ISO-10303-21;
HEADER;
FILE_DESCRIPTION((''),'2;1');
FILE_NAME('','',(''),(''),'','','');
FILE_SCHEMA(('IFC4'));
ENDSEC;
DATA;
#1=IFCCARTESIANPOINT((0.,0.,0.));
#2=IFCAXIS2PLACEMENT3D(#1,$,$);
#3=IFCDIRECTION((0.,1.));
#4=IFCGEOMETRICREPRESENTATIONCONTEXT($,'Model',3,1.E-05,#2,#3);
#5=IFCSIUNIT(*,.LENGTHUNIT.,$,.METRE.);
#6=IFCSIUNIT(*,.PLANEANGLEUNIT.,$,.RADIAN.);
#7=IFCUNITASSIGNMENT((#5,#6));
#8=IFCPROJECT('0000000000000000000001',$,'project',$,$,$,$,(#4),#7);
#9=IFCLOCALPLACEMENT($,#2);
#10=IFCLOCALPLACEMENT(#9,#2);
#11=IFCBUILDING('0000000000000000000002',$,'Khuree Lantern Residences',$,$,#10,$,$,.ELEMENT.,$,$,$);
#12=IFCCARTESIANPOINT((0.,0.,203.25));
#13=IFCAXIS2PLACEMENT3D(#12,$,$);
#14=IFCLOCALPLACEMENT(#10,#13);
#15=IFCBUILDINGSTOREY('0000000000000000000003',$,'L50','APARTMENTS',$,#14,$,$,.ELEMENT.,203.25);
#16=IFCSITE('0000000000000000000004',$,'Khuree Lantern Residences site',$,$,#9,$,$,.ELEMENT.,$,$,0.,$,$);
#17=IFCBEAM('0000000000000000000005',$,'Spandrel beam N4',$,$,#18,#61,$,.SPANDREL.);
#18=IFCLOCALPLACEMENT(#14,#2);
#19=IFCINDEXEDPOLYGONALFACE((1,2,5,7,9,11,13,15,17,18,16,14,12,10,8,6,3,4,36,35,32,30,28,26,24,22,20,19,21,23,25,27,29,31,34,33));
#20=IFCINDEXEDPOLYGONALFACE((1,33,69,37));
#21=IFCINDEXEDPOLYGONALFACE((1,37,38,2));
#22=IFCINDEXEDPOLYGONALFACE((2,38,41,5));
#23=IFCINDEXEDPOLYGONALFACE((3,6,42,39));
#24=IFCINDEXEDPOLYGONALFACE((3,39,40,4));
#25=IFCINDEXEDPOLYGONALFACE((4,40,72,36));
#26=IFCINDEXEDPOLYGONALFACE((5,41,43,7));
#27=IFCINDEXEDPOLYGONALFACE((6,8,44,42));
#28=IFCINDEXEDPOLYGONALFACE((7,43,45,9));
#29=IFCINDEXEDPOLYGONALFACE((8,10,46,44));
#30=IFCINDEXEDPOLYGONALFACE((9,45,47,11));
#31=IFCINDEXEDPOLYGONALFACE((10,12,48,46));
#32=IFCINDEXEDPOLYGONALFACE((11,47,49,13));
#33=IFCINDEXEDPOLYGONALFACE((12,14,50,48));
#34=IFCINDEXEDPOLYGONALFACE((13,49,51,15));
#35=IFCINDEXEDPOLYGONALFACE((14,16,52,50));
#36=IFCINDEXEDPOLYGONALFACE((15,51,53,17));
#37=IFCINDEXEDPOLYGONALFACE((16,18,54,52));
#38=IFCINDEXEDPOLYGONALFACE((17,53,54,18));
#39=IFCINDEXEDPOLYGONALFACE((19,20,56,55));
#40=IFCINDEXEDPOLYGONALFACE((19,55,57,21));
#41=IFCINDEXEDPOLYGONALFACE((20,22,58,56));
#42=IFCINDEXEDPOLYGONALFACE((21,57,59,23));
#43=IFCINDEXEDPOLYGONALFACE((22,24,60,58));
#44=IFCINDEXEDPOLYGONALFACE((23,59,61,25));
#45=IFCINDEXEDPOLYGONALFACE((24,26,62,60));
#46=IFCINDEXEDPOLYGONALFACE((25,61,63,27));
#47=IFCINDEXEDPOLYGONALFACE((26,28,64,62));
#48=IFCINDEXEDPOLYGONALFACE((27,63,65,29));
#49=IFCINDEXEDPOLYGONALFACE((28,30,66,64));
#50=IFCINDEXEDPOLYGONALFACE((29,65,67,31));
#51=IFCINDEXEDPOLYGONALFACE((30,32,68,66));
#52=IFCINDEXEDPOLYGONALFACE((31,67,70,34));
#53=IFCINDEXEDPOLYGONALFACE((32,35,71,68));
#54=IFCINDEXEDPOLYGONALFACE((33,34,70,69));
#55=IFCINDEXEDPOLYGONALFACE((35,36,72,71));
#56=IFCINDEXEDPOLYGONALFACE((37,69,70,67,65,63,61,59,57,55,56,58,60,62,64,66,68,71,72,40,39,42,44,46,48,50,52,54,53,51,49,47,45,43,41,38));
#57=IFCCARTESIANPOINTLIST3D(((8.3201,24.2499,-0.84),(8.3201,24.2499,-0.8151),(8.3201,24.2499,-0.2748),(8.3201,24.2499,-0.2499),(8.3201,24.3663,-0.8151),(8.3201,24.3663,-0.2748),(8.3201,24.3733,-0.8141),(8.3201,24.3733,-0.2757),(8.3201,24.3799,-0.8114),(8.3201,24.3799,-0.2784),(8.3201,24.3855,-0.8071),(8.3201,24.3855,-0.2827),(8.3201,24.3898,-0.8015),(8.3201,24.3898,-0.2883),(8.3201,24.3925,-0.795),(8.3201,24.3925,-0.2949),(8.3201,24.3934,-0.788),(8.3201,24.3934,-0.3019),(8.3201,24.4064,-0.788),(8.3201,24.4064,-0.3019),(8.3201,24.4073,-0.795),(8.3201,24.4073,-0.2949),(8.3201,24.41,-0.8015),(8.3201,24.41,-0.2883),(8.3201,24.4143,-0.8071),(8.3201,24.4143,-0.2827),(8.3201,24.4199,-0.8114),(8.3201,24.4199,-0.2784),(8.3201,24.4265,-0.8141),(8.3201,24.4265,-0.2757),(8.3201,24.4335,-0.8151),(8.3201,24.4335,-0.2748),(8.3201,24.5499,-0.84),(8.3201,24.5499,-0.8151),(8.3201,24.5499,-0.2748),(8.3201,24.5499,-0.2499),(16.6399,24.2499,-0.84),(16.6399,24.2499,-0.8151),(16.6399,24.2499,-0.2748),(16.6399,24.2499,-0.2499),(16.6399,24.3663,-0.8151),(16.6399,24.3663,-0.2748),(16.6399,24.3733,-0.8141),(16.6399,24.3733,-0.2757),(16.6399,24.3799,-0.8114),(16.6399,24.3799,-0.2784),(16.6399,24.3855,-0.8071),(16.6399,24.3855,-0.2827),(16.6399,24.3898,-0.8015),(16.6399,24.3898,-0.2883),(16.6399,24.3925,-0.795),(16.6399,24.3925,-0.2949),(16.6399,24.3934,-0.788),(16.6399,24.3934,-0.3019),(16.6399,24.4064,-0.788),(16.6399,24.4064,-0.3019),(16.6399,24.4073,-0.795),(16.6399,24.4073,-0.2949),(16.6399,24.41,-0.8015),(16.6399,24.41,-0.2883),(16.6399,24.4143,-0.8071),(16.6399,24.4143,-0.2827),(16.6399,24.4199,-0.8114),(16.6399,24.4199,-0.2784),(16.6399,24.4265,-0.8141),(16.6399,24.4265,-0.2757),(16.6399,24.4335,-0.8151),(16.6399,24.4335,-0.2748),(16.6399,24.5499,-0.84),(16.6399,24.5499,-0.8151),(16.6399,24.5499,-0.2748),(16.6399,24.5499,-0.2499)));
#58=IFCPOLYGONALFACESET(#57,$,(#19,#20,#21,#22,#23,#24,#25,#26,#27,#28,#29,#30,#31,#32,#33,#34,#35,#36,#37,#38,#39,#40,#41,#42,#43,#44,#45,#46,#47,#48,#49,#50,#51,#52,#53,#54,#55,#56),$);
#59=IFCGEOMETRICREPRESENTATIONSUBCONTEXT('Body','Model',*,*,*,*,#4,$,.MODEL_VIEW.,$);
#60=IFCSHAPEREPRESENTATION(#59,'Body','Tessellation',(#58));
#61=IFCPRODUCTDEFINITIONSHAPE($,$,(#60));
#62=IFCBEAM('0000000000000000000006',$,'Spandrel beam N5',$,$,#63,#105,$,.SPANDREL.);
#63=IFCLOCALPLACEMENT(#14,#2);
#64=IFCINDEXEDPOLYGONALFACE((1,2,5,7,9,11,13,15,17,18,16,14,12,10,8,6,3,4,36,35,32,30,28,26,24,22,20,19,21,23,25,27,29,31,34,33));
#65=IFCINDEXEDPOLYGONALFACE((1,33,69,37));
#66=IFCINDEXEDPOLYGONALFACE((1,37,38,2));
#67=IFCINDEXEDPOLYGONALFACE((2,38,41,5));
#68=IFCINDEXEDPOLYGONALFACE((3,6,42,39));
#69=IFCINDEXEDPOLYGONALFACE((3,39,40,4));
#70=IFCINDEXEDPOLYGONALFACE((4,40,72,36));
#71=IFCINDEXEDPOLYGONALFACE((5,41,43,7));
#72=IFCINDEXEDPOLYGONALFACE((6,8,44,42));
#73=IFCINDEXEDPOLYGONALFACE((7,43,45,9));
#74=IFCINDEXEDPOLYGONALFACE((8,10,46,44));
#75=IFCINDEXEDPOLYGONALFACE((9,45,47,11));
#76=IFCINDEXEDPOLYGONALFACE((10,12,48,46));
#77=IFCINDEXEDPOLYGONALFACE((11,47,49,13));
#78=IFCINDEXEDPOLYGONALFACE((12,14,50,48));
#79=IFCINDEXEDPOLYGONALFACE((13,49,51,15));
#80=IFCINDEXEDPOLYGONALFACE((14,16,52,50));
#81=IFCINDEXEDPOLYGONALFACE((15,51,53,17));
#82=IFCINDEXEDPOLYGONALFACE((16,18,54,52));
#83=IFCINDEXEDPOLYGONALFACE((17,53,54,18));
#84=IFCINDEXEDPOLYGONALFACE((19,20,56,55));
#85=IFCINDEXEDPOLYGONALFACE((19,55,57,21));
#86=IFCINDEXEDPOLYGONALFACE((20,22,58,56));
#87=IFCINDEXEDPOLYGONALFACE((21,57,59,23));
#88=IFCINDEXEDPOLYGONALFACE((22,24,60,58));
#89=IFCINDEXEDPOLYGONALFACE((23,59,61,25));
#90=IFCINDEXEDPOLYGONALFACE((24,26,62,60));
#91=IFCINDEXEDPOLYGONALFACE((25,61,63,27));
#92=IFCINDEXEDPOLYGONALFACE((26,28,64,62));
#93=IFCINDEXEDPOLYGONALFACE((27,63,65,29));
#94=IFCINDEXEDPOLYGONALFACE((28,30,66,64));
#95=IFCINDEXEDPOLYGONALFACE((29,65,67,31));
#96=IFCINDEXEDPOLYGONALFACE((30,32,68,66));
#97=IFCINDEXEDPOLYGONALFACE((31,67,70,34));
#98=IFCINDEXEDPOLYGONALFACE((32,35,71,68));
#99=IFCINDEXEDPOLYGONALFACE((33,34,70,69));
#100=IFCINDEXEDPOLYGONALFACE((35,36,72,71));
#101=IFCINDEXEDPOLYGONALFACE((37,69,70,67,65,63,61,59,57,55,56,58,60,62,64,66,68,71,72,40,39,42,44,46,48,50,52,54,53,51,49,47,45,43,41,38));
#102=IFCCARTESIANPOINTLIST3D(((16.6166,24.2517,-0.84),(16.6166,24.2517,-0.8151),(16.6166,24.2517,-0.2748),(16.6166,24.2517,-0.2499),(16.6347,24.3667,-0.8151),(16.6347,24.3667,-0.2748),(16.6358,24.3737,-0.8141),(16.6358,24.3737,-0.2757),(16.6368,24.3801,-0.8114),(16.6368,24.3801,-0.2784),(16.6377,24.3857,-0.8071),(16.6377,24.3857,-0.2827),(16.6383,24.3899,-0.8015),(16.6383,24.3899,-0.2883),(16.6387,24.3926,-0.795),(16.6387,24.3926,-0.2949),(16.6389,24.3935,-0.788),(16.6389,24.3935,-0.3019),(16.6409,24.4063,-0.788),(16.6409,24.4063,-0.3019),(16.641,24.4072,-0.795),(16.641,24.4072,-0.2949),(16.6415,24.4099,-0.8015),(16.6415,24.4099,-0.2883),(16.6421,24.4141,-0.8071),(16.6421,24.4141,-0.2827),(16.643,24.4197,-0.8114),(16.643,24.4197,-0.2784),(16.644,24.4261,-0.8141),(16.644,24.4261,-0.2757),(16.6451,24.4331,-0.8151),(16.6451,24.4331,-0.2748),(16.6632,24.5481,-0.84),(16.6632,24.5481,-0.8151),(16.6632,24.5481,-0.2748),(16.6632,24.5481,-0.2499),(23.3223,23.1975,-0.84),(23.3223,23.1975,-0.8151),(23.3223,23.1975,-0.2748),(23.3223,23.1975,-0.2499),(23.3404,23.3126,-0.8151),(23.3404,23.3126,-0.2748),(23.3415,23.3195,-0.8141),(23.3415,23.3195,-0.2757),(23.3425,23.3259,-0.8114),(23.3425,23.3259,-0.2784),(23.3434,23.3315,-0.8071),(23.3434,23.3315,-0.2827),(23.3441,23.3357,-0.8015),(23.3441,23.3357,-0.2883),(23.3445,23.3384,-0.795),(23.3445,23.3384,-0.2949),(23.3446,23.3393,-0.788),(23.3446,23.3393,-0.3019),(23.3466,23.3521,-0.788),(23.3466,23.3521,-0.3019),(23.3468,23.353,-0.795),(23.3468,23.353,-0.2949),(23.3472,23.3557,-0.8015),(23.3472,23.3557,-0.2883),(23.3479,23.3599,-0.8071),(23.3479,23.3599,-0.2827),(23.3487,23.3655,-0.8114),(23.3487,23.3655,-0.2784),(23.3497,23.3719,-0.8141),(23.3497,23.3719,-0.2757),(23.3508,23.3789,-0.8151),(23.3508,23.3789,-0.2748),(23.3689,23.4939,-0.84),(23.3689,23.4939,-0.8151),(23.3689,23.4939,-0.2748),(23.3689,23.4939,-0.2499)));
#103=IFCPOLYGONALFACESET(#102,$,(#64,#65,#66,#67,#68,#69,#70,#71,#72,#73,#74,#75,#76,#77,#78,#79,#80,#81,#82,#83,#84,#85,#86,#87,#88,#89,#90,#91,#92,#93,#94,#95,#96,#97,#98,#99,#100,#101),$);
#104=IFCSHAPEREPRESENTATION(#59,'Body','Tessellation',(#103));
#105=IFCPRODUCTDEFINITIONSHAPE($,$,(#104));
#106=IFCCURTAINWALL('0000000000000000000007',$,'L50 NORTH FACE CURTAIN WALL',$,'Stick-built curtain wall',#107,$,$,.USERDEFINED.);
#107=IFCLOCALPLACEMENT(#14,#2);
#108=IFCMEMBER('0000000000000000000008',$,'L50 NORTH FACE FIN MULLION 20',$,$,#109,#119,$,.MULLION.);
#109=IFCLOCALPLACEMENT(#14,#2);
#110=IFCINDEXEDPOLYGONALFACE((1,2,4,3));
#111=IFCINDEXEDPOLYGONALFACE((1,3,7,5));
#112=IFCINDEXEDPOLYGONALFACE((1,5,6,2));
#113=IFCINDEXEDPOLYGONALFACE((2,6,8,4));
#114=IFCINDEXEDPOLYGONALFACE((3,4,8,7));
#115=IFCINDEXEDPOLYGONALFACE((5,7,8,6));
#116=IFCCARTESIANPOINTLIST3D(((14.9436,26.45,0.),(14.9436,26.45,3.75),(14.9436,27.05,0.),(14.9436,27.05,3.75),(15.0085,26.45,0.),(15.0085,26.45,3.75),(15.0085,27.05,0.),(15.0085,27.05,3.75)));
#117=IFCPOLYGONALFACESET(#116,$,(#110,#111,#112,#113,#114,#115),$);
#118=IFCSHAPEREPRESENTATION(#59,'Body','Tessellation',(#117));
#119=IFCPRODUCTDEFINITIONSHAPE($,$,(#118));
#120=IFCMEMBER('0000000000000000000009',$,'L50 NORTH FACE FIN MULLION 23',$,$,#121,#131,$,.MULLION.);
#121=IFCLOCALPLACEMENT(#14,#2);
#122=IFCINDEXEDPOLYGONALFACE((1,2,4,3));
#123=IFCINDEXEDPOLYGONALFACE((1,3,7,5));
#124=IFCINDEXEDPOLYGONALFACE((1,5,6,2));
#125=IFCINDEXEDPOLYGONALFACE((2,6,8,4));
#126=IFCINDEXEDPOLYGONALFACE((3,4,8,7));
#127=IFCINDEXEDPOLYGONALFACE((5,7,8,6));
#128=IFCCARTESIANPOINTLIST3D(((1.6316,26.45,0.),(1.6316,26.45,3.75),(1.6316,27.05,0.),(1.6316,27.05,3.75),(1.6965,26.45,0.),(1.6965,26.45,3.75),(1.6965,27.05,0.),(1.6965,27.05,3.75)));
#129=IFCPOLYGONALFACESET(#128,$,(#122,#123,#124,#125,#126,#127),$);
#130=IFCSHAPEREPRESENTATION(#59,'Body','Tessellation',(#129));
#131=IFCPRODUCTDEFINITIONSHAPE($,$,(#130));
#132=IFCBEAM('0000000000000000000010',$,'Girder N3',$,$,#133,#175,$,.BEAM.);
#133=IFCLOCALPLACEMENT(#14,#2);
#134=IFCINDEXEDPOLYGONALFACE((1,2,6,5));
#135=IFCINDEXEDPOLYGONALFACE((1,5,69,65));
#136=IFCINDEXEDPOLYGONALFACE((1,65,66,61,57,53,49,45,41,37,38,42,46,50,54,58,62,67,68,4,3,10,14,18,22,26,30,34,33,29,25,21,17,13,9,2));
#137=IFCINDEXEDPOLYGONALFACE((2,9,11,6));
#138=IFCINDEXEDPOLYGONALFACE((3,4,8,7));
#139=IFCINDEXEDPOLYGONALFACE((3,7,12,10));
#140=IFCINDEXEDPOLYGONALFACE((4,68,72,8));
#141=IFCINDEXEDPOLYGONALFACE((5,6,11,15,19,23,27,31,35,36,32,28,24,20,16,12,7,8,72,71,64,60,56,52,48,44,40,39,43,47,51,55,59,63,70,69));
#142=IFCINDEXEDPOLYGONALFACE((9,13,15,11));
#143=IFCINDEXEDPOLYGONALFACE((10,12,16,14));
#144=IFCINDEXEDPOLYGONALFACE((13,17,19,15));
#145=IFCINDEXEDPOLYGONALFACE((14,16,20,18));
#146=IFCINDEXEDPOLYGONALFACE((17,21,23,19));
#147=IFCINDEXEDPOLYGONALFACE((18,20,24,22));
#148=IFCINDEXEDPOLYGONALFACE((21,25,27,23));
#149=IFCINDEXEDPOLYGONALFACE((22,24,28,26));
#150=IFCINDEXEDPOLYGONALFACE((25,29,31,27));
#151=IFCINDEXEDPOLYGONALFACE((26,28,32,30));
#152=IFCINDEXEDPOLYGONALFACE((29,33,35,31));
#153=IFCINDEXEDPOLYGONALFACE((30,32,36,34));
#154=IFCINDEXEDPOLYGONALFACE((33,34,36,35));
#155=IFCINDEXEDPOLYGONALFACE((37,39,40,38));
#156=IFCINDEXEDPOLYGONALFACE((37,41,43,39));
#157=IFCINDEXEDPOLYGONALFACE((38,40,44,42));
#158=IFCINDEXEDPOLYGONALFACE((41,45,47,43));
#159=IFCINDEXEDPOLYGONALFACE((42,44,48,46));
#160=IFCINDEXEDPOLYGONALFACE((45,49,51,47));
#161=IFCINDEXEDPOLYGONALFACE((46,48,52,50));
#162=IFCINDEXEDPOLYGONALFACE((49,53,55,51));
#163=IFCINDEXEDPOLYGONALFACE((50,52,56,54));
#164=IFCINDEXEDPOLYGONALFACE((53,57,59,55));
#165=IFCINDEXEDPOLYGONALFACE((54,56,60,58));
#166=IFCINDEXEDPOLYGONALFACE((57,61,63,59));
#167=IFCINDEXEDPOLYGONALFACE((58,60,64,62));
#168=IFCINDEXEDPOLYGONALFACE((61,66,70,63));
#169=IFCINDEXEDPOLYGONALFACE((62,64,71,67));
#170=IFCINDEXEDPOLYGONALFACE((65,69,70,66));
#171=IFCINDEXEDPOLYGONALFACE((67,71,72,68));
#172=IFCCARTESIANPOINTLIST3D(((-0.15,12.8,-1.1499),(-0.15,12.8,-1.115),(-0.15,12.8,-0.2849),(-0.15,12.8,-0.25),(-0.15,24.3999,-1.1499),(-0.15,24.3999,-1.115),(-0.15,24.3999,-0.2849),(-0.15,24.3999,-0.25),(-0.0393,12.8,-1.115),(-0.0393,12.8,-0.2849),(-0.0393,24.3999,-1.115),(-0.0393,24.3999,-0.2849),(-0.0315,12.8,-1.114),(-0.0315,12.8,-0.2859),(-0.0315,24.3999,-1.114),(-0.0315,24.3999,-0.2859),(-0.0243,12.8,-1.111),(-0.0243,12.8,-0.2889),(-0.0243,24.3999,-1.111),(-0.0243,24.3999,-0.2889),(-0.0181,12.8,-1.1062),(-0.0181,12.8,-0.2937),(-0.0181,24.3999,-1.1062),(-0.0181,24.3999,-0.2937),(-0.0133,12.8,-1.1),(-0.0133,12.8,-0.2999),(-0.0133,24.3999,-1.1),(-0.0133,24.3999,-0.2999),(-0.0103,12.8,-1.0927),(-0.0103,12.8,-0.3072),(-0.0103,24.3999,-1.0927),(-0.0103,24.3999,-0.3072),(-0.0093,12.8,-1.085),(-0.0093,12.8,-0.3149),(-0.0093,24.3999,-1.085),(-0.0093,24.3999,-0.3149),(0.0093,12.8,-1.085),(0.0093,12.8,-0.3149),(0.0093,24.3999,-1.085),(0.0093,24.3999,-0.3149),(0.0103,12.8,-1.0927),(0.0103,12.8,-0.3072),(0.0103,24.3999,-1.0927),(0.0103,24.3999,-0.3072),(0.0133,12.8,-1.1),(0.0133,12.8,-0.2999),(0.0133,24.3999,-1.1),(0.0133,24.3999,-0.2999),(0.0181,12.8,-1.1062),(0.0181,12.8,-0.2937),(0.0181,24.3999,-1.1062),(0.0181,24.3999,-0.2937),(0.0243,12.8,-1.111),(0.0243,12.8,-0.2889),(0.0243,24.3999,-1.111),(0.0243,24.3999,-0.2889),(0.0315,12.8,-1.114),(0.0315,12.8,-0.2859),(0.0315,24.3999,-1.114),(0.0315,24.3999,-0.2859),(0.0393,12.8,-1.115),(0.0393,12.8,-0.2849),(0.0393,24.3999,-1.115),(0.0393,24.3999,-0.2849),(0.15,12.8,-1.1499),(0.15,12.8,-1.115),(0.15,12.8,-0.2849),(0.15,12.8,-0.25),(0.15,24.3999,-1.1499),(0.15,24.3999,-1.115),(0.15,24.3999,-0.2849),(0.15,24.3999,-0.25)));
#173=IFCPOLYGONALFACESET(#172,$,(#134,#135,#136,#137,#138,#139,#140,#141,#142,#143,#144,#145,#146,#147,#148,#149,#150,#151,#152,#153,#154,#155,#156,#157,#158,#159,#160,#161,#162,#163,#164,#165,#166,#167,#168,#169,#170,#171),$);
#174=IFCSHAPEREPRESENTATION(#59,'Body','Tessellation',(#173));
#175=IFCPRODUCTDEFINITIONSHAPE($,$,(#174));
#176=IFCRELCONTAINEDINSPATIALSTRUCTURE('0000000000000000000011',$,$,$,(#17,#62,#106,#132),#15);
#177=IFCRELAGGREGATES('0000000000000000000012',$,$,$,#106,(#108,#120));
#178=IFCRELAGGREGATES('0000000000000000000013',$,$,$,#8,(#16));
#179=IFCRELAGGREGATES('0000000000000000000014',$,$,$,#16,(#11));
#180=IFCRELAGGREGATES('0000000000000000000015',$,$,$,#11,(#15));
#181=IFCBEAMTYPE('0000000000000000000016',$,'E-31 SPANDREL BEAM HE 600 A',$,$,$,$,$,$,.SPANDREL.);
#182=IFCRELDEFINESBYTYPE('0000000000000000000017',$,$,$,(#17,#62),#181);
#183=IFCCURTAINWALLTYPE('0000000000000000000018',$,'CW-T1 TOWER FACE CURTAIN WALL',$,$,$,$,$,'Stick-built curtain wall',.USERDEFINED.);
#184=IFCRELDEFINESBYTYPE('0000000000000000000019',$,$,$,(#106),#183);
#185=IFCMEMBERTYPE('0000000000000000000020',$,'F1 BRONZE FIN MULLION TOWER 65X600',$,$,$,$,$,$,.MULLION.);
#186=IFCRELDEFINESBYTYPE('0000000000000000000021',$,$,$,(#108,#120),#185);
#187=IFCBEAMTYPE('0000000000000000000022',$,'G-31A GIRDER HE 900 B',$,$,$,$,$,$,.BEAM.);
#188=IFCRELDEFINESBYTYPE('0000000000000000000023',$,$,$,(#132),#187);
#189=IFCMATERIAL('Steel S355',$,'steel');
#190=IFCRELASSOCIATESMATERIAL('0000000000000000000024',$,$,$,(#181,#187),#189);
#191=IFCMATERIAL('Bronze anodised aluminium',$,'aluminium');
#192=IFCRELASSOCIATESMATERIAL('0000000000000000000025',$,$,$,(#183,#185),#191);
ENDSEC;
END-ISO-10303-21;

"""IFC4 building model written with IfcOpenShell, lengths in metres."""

from ifc_helpers import new_model, si_unit, direction, frame, origin, origin_2d, place, context, subcontext, project, spatial, rectangle, i_section, extrude, material, material_profile, profile_set, type_object, element, aggregate, save


model = new_model("IFC4")

# Units and contexts
model_context = context("Model", 3, precision=1e-05, world=origin(), true_north=direction((0.0, 1.0)))
body_context = subcontext(model_context, "Body", "Model", "MODEL_VIEW")
ifc_project = project(units=[si_unit("LENGTHUNIT", "METRE"), si_unit("PLANEANGLEUNIT", "RADIAN")], contexts=[model_context])

# Site, building, storey
site_placement = place(None, origin())
site = spatial("IfcSite", under=ifc_project, at=site_placement, Name="Khuree Lantern Residences site", CompositionType="ELEMENT", RefElevation=0.0)
building_placement = place(site_placement, origin())
building = spatial("IfcBuilding", under=site, at=building_placement, Name="Khuree Lantern Residences", CompositionType="ELEMENT")
storey_placement = place(building_placement, frame((0.0, 0.0, 203.25)))
storey = spatial("IfcBuildingStorey", under=building, at=storey_placement, Name="L50", Description="APARTMENTS", CompositionType="ELEMENT", Elevation=203.25)

# Beams
ifc_material_1 = material(Name="Steel S355", Category="steel")
ifc_material_profile_1 = material_profile(ifc_material_1, i_section(OverallWidth=0.3, OverallDepth=0.5901, WebThickness=0.0129, FlangeThickness=0.0249, FilletRadius=0.0271, at=origin_2d()), Name="HE 600 A")
ifc_profile_set_1 = profile_set([ifc_material_profile_1], Name="Steel S355")
beam_type_1 = type_object("IfcBeamType", Name="E-31 SPANDREL BEAM HE 600 A", PredefinedType="SPANDREL", material=ifc_profile_set_1)
beam_1_placement = place(storey_placement, frame((8.3201, 24.3999, -0.5449), z_axis=(1.0, 0.0, 0.0), x_axis=(0.0, 1.0, 0.0)))
element("IfcBeam", 1, at=beam_1_placement, inside=storey, type_object=beam_type_1, Name="Spandrel beam N4", PredefinedType="SPANDREL", context=body_context, shape_type="SweptSolid", body=[
    extrude(i_section(OverallWidth=0.3, OverallDepth=0.5901, WebThickness=0.0129, FlangeThickness=0.0249, FilletRadius=0.0271, at=origin_2d()), origin(), (0.0, 0.0, 1.0), 8.3198),
])
beam_2_placement = place(storey_placement, frame((16.6399, 24.3999, -0.5449), z_axis=(0.987867, -0.1553, 0.0), x_axis=(0.1553, 0.987867, 0.0)))
element("IfcBeam", 2, at=beam_2_placement, inside=storey, type_object=beam_type_1, Name="Spandrel beam N5", PredefinedType="SPANDREL", context=body_context, shape_type="SweptSolid", body=[
    extrude(i_section(OverallWidth=0.3, OverallDepth=0.5901, WebThickness=0.0129, FlangeThickness=0.0249, FilletRadius=0.0271, at=origin_2d()), origin(), (0.0, 0.0, 1.0), 6.7881),
])

# Curtain wall, members
ifc_material_2 = material(Name="Bronze anodised aluminium", Category="aluminium")
curtain_wall_type = type_object("IfcCurtainWallType", Name="CW-T1 TOWER FACE CURTAIN WALL", ElementType="Stick-built curtain wall", PredefinedType="USERDEFINED", material=ifc_material_2)
curtain_wall_placement = place(storey_placement, origin())
curtain_wall = element("IfcCurtainWall", 3, at=curtain_wall_placement, inside=storey, type_object=curtain_wall_type, Name="L50 NORTH FACE CURTAIN WALL", ObjectType="Stick-built curtain wall", PredefinedType="USERDEFINED")
ifc_material_profile_2 = material_profile(ifc_material_2, rectangle(XDim=0.0649, YDim=0.6001, at=origin_2d()), Name="F1 65X600")
ifc_profile_set_2 = profile_set([ifc_material_profile_2], Name="Bronze anodised aluminium")
member_type_1 = type_object("IfcMemberType", Name="F1 BRONZE FIN MULLION TOWER 65X600", PredefinedType="MULLION", material=ifc_profile_set_2)
member_1_placement = place(storey_placement, frame((14.9761, 26.75, 0.0), z_axis=(0.0, 0.0, 1.0), x_axis=(-1.0, 0.0, 0.0)))
member_1 = element("IfcMember", 4, at=member_1_placement, type_object=member_type_1, Name="L50 NORTH FACE FIN MULLION 20", PredefinedType="MULLION", context=body_context, shape_type="SweptSolid", body=[
    extrude(rectangle(XDim=0.0649, YDim=0.6001, at=origin_2d()), origin(), (0.0, 0.0, 1.0), 3.75),
])
member_2_placement = place(storey_placement, frame((1.6641, 26.75, 0.0), z_axis=(0.0, 0.0, 1.0), x_axis=(-1.0, 0.0, 0.0)))
member_2 = element("IfcMember", 5, at=member_2_placement, type_object=member_type_1, Name="L50 NORTH FACE FIN MULLION 23", PredefinedType="MULLION", context=body_context, shape_type="SweptSolid", body=[
    extrude(rectangle(XDim=0.0649, YDim=0.6001, at=origin_2d()), origin(), (0.0, 0.0, 1.0), 3.75),
])

# Beam
ifc_material_profile_3 = material_profile(ifc_material_1, i_section(OverallWidth=0.3, OverallDepth=0.8999, WebThickness=0.0186, FlangeThickness=0.0349, FilletRadius=0.03, at=origin_2d()), Name="HE 900 B")
ifc_profile_set_3 = profile_set([ifc_material_profile_3], Name="Steel S355")
beam_type_2 = type_object("IfcBeamType", Name="G-31A GIRDER HE 900 B", PredefinedType="BEAM", material=ifc_profile_set_3)
for number, where, z_axis, x_axis, name in (
    (6, (0.0, 24.3999, -0.7), (0.0, -1.0, 0.0), (1.0, 0.0, 0.0), "Girder N3"),
):
    element("IfcBeam", number, at=place(storey_placement, frame(where, z_axis=z_axis, x_axis=x_axis)), inside=storey, type_object=beam_type_2, Name=name, PredefinedType="BEAM", context=body_context, shape_type="SweptSolid", body=[
        extrude(i_section(OverallWidth=0.3, OverallDepth=0.8999, WebThickness=0.0186, FlangeThickness=0.0349, FilletRadius=0.03, at=origin_2d()), origin(), (0.0, 0.0, 1.0), 11.5999),
    ])

aggregate(curtain_wall, [member_1, member_2])

save(model, "model.ifc")
